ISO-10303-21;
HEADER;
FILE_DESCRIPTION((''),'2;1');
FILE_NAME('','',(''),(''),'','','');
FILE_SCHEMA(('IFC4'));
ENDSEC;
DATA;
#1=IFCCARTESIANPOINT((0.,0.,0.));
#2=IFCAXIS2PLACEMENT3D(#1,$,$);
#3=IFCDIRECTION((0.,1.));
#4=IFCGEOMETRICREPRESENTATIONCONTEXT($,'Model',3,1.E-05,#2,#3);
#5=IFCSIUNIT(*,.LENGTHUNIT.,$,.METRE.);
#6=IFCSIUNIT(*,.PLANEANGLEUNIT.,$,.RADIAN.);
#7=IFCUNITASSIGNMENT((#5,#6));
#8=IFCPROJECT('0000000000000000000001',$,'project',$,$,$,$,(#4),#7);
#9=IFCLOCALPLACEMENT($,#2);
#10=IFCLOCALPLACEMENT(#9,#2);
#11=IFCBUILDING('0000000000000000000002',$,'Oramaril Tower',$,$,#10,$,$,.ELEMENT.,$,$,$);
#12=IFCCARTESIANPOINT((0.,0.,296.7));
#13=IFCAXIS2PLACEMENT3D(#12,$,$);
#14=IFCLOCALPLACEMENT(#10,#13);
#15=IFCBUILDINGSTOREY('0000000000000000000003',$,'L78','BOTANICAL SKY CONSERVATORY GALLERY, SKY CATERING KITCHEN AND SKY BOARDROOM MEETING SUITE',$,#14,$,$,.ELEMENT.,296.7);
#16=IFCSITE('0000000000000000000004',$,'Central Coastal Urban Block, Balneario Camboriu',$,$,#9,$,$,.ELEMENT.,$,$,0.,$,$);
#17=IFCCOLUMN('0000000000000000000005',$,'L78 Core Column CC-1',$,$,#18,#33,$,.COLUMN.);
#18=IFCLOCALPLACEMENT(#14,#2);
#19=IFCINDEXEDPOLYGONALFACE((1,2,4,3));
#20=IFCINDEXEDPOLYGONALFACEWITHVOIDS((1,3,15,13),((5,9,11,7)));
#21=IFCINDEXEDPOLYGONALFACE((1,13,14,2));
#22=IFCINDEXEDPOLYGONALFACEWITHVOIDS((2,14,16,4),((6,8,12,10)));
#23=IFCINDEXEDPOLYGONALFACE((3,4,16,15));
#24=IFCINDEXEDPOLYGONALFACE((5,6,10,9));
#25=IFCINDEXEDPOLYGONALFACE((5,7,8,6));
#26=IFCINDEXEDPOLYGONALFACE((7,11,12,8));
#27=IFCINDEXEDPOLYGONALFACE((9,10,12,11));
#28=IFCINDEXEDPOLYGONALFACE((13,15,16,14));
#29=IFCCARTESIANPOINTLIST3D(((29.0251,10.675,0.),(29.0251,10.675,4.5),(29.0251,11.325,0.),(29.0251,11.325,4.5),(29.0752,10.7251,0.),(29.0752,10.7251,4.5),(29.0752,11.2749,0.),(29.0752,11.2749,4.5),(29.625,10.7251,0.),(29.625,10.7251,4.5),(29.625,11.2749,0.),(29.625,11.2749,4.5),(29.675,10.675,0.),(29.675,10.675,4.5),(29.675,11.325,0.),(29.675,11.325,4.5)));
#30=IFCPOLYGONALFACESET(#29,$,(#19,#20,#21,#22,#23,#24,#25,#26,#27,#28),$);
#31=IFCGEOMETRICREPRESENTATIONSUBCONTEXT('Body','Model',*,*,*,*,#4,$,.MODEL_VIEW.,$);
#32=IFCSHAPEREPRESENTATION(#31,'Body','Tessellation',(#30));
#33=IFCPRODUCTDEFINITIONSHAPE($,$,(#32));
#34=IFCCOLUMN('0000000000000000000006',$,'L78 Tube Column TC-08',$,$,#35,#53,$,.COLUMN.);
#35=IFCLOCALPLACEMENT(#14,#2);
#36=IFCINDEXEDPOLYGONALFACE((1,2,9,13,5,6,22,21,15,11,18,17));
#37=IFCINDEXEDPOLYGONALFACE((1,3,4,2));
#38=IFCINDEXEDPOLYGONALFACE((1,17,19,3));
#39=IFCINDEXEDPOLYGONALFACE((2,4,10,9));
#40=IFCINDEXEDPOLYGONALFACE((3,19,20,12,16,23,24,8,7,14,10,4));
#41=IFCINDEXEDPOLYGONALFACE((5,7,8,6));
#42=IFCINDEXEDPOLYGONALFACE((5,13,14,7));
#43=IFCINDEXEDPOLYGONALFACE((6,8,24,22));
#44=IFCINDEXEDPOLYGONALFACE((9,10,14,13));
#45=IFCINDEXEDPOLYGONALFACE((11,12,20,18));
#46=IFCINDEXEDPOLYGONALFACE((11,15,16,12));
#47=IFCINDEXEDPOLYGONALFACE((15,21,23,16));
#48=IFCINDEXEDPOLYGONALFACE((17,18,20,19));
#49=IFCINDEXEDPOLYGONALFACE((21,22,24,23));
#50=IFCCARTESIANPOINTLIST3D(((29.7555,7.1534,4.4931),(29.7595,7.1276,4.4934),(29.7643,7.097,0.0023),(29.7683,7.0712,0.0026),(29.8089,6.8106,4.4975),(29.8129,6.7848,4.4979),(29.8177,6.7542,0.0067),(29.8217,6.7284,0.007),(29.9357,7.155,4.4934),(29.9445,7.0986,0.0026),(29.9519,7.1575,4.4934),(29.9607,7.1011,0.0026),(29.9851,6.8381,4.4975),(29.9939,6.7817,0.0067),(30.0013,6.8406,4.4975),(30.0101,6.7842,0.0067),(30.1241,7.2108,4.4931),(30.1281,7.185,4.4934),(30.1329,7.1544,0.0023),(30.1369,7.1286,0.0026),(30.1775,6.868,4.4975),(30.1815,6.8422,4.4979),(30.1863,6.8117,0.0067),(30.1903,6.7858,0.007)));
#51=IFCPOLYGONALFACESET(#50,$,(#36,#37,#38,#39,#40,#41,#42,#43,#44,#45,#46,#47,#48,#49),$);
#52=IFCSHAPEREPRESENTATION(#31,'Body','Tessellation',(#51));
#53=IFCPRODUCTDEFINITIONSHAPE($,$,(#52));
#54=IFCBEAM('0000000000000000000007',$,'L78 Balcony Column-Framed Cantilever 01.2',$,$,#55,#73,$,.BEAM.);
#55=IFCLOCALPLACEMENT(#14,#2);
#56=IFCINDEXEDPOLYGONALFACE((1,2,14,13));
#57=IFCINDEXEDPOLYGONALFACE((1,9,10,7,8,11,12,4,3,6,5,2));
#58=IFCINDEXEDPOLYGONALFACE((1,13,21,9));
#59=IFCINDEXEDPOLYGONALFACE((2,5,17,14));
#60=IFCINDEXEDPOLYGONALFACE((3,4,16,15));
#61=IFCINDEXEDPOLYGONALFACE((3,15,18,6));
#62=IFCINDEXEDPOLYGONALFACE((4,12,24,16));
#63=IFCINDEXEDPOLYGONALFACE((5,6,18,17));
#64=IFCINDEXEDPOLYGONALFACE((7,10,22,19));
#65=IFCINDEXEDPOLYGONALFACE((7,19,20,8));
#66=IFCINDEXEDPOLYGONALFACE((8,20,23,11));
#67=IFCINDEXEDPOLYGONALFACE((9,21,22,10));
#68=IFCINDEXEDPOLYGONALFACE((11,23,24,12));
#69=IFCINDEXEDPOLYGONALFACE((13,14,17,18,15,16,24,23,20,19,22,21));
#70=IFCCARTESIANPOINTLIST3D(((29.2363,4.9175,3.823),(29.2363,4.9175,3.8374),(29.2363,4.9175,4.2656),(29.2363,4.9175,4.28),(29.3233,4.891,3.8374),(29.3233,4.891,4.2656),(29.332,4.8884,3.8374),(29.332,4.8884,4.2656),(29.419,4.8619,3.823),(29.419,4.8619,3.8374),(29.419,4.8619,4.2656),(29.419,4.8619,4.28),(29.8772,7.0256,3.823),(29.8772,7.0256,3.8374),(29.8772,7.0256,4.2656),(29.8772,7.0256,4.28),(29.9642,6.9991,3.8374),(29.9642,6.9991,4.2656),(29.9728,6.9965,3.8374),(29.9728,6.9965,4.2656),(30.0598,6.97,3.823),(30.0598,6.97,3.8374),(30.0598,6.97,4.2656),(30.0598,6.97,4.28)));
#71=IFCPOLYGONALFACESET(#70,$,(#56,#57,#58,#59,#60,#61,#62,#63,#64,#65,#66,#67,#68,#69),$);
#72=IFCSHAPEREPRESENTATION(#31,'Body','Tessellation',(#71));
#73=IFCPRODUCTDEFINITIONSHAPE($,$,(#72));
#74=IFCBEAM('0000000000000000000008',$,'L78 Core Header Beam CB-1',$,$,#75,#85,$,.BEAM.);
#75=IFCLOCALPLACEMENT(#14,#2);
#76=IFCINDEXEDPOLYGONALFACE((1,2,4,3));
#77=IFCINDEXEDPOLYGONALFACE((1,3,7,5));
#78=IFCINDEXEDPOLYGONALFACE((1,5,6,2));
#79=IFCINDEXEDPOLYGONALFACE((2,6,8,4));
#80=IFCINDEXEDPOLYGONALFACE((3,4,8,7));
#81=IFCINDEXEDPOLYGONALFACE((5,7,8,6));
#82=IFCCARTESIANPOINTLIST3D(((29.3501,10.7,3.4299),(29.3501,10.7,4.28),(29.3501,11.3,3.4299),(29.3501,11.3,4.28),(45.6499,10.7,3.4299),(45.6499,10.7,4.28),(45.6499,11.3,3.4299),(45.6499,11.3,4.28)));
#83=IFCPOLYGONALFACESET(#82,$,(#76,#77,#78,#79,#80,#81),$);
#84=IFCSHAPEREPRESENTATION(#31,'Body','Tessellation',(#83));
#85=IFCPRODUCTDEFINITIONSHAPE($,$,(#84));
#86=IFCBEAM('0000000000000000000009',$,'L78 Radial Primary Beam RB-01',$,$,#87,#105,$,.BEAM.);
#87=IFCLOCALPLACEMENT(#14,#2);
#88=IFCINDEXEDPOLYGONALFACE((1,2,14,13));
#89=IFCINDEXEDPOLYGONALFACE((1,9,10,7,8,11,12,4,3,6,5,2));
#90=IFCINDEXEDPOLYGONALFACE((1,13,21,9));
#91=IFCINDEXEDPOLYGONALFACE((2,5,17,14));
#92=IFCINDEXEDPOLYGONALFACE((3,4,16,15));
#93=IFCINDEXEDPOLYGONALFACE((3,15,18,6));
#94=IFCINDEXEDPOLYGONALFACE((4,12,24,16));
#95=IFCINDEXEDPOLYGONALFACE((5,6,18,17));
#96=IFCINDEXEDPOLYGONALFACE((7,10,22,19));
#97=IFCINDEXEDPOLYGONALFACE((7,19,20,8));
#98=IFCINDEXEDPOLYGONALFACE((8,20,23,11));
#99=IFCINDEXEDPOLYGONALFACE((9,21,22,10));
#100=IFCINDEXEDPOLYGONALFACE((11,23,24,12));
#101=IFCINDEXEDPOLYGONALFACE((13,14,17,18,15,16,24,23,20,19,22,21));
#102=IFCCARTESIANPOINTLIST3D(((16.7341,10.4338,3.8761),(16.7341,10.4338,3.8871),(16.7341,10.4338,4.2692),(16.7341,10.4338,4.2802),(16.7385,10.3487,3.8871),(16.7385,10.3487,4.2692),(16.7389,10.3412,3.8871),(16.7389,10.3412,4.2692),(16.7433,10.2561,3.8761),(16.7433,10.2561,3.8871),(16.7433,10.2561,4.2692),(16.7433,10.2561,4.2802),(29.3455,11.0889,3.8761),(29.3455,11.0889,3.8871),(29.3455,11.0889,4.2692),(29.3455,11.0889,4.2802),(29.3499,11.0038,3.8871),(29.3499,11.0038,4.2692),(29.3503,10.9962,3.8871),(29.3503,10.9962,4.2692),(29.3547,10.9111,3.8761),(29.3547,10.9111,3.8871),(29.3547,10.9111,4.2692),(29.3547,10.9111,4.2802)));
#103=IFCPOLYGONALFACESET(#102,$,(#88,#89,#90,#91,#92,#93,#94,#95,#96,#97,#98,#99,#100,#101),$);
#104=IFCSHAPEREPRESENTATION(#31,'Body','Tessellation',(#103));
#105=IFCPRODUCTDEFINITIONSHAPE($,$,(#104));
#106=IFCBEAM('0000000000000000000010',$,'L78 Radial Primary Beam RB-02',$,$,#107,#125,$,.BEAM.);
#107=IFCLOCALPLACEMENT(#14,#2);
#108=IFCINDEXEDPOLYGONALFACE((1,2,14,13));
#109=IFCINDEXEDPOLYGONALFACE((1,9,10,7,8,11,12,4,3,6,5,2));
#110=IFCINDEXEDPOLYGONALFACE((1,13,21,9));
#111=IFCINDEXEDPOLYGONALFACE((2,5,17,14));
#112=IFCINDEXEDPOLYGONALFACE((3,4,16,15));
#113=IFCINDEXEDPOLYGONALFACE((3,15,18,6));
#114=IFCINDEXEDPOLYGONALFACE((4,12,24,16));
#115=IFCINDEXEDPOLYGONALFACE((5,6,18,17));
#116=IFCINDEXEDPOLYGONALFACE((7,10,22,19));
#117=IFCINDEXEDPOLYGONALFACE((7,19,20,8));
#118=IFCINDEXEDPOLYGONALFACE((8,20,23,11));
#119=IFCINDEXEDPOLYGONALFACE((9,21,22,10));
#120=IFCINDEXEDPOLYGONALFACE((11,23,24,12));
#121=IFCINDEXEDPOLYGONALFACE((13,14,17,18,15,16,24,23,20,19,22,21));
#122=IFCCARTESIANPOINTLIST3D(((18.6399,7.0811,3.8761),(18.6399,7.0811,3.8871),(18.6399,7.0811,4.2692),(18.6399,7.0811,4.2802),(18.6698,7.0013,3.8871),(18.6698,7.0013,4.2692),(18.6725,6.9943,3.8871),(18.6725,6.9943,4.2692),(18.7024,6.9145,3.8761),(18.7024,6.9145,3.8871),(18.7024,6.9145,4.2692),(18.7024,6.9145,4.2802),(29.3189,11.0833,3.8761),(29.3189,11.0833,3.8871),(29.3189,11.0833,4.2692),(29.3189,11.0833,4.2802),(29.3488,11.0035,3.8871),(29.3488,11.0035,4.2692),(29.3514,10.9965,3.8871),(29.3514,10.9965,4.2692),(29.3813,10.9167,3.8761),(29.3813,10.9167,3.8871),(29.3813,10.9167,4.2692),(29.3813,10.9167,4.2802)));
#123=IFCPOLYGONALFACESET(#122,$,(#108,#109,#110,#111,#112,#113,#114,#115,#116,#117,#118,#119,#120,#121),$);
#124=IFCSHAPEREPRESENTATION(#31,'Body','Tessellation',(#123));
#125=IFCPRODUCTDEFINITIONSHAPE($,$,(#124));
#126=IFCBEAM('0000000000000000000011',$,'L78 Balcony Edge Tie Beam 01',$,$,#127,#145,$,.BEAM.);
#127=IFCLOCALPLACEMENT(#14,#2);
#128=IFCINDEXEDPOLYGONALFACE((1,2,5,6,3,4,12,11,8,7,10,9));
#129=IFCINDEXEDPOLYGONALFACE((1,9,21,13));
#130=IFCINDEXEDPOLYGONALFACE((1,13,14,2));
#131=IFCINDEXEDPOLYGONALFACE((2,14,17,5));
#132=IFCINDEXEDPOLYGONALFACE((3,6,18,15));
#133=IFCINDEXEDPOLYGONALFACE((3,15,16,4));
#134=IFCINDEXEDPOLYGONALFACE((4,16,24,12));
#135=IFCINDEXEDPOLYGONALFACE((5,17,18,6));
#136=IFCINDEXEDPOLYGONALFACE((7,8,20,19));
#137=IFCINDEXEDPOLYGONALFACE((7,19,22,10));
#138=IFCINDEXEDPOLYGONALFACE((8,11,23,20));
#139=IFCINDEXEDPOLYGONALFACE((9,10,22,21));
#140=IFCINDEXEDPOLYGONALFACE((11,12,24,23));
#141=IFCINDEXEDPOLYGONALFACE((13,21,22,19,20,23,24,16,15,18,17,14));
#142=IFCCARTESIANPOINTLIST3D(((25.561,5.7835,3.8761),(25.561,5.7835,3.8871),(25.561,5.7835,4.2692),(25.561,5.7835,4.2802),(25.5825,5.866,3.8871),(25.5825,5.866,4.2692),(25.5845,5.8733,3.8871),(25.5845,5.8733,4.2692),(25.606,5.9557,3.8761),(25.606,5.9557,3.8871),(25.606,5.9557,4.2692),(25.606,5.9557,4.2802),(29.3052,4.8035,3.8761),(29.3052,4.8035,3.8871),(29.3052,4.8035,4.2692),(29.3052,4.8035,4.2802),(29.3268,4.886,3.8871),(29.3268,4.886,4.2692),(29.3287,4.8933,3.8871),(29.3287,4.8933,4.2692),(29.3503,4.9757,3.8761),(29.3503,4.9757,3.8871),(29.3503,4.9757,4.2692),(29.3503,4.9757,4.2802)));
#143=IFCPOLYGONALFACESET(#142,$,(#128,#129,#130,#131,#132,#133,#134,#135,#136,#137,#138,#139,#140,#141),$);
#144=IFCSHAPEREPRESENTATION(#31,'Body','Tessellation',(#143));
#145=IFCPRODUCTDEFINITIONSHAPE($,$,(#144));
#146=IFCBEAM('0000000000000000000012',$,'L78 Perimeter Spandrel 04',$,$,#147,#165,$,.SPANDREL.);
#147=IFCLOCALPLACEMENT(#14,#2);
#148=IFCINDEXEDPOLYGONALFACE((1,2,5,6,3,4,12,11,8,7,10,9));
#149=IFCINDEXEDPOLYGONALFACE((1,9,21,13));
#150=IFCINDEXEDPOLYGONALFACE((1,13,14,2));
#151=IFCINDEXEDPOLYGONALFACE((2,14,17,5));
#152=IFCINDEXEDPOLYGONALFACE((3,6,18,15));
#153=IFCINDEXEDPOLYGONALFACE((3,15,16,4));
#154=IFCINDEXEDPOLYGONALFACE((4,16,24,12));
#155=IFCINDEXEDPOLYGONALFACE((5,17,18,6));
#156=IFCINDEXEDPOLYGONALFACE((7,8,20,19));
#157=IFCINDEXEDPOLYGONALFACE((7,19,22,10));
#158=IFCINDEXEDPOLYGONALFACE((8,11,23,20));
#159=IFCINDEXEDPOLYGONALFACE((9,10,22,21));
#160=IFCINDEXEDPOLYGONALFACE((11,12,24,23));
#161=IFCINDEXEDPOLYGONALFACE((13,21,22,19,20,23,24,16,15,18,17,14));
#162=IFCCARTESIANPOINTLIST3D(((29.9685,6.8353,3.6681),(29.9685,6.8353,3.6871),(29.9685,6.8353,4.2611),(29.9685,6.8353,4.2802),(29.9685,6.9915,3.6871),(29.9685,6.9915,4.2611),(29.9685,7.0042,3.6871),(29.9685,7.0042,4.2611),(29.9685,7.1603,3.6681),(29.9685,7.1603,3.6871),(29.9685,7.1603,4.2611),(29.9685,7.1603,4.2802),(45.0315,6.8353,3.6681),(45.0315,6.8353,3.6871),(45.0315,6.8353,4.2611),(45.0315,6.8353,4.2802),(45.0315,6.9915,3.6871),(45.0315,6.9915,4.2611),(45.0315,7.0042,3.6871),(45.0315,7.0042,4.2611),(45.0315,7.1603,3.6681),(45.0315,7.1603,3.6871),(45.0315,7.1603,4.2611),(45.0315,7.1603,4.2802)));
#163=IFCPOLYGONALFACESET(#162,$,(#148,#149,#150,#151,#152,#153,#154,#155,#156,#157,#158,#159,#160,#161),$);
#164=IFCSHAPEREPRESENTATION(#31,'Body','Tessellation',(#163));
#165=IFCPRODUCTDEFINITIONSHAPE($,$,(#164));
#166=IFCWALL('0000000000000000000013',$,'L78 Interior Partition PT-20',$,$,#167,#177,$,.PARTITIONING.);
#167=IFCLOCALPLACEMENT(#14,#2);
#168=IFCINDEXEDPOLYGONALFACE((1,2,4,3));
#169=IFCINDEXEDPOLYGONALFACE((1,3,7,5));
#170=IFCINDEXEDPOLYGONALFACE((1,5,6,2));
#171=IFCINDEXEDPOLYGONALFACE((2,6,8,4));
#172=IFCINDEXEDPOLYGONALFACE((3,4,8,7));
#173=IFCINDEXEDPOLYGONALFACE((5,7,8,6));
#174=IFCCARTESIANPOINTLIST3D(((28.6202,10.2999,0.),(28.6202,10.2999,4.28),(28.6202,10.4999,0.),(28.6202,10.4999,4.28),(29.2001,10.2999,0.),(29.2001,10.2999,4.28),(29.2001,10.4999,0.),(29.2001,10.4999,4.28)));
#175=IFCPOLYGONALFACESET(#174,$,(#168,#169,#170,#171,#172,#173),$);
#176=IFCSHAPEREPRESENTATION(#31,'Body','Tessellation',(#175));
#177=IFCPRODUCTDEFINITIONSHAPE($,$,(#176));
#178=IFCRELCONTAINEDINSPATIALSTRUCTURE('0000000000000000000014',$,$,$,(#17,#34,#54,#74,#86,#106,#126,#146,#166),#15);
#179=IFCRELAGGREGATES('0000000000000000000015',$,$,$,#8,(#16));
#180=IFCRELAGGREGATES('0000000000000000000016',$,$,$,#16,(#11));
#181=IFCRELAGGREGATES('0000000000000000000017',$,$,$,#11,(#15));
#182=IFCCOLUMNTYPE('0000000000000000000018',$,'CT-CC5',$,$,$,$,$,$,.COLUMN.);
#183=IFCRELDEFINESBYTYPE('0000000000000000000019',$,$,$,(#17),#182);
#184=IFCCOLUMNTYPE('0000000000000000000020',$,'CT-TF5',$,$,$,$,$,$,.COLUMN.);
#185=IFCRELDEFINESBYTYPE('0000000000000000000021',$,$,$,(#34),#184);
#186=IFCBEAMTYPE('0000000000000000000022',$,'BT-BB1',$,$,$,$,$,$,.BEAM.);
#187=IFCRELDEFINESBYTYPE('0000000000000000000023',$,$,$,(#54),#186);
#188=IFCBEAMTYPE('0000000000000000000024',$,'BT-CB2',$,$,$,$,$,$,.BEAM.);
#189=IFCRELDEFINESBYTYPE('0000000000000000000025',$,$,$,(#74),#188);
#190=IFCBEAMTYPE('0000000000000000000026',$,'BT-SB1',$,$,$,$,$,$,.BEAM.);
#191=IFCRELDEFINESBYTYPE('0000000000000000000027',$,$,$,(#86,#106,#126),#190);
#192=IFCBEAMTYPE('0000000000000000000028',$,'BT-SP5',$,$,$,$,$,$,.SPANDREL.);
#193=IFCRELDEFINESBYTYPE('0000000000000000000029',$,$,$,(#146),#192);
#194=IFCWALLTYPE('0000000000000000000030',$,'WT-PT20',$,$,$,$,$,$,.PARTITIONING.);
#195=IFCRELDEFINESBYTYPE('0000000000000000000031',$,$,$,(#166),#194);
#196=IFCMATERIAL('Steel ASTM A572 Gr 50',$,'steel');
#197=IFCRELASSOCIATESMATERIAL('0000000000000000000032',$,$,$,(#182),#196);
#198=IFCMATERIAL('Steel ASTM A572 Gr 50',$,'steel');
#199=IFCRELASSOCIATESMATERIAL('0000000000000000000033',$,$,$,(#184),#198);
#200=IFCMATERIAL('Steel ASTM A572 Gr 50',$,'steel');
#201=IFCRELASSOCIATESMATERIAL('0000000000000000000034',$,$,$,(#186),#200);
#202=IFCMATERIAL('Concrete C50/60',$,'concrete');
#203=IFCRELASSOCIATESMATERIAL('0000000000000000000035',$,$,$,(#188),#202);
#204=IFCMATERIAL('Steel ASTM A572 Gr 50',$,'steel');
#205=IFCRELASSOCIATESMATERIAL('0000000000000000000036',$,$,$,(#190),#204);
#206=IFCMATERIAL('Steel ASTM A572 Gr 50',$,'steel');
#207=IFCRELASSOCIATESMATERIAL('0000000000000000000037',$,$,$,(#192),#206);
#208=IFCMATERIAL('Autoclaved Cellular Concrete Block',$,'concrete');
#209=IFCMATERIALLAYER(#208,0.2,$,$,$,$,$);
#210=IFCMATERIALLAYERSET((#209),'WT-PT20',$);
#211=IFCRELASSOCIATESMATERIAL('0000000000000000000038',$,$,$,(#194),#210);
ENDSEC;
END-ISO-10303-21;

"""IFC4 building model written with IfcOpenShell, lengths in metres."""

from ifc_helpers import new_model, si_unit, direction, frame, frame_2d, origin, origin_2d, place, context, subcontext, project, spatial, rectangle, hollow_rectangle, i_section, extrude, material, layer, layer_set, material_profile, profile_set, type_object, element, save


model = new_model("IFC4")

# Units and contexts
model_context = context("Model", 3, precision=1e-05, world=origin(), true_north=direction((0.0, 1.0)))
body_context = subcontext(model_context, "Body", "Model", "MODEL_VIEW")
ifc_project = project(units=[si_unit("LENGTHUNIT", "METRE"), si_unit("PLANEANGLEUNIT", "RADIAN")], contexts=[model_context])

# Site, building, storey
site_placement = place(None, origin())
site = spatial("IfcSite", under=ifc_project, at=site_placement, Name="Central Coastal Urban Block, Balneario Camboriu", CompositionType="ELEMENT", RefElevation=0.0)
building_placement = place(site_placement, origin())
building = spatial("IfcBuilding", under=site, at=building_placement, Name="Oramaril Tower", CompositionType="ELEMENT")
storey_placement = place(building_placement, frame((0.0, 0.0, 296.7)))
storey = spatial("IfcBuildingStorey", under=building, at=storey_placement, Name="L78", Description="BOTANICAL SKY CONSERVATORY GALLERY, SKY CATERING KITCHEN AND SKY BOARDROOM MEETING SUITE", CompositionType="ELEMENT", Elevation=296.7)

# Columns
ifc_material_1 = material(Name="Steel ASTM A572 Gr 50", Category="steel")
ifc_material_profile_1 = material_profile(ifc_material_1, hollow_rectangle(XDim=0.6499, YDim=0.6499, WallThickness=0.05, at=origin_2d()), Name="BOX650X650X50")
ifc_profile_set_1 = profile_set([ifc_material_profile_1], Name="Steel ASTM A572 Gr 50")
column_type_1 = type_object("IfcColumnType", Name="CT-CC5", PredefinedType="COLUMN", material=ifc_profile_set_1)
column_1_placement = place(storey_placement, frame((29.3501, 11.0, 0.0), z_axis=(0.0, 0.0, 1.0), x_axis=(1.0, 0.0, 0.0)))
element("IfcColumn", 1, at=column_1_placement, inside=storey, type_object=column_type_1, Name="L78 Core Column CC-1", PredefinedType="COLUMN", context=body_context, shape_type="SweptSolid", body=[
    extrude(hollow_rectangle(XDim=0.6499, YDim=0.6499, WallThickness=0.05, at=origin_2d()), origin(), (0.0, 0.0, 1.0), 4.5),
])
ifc_material_2 = material(Name="Steel ASTM A572 Gr 50", Category="steel")
ifc_material_profile_2 = material_profile(ifc_material_2, i_section(OverallWidth=0.373, OverallDepth=0.373, WebThickness=0.0164, FlangeThickness=0.0261, at=origin_2d()), Name="W14X132")
ifc_profile_set_2 = profile_set([ifc_material_profile_2], Name="Steel ASTM A572 Gr 50")
column_type_2 = type_object("IfcColumnType", Name="CT-TF5", PredefinedType="COLUMN", material=ifc_profile_set_2)
column_2_placement = place(storey_placement, frame((29.9773, 6.9414, 0.0046), z_axis=(-0.001957, 0.012557, 0.999919), x_axis=(-0.988073, -0.153985, 0.0)))
element("IfcColumn", 2, at=column_2_placement, inside=storey, type_object=column_type_2, Name="L78 Tube Column TC-08", PredefinedType="COLUMN", context=body_context, shape_type="SweptSolid", body=[
    extrude(i_section(OverallWidth=0.373, OverallDepth=0.373, WebThickness=0.0164, FlangeThickness=0.0261, at=origin_2d()), origin(), (0.0, 0.0, 1.0), 4.4912),
])

# Beams
ifc_material_3 = material(Name="Steel ASTM A572 Gr 50", Category="steel")
ifc_material_profile_3 = material_profile(ifc_material_3, i_section(OverallWidth=0.1909, OverallDepth=0.457, WebThickness=0.009, FlangeThickness=0.0144, at=origin_2d()), Name="W18X50")
ifc_profile_set_3 = profile_set([ifc_material_profile_3], Name="Steel ASTM A572 Gr 50")
beam_type_1 = type_object("IfcBeamType", Name="BT-BB1", PredefinedType="BEAM", material=ifc_profile_set_3)
beam_1_placement = place(storey_placement, frame((29.9685, 6.9978, 4.0515), z_axis=(-0.290853, -0.956768, 0.0), x_axis=(0.956768, -0.290853, 0.0)))
element("IfcBeam", 3, at=beam_1_placement, inside=storey, type_object=beam_type_1, Name="L78 Balcony Column-Framed Cantilever 01.2", PredefinedType="BEAM", context=body_context, shape_type="SweptSolid", body=[
    extrude(i_section(OverallWidth=0.1909, OverallDepth=0.457, WebThickness=0.009, FlangeThickness=0.0144, at=origin_2d()), origin(), (0.0, 0.0, 1.0), 2.2034),
])
ifc_material_4 = material(Name="Concrete C50/60", Category="concrete")
ifc_material_profile_4 = material_profile(ifc_material_4, rectangle(XDim=0.6001, YDim=0.8501, at=origin_2d()), Name="CB600X850")
ifc_profile_set_4 = profile_set([ifc_material_profile_4], Name="Concrete C50/60")
beam_type_2 = type_object("IfcBeamType", Name="BT-CB2", PredefinedType="BEAM", material=ifc_profile_set_4)
beam_2_placement = place(storey_placement, frame((29.3501, 11.0, 3.855), z_axis=(1.0, 0.0, 0.0), x_axis=(0.0, 1.0, 0.0)))
element("IfcBeam", 4, at=beam_2_placement, inside=storey, type_object=beam_type_2, Name="L78 Core Header Beam CB-1", PredefinedType="BEAM", context=body_context, shape_type="SweptSolid", body=[
    extrude(rectangle(XDim=0.6001, YDim=0.8501, at=origin_2d()), origin(), (0.0, 0.0, 1.0), 16.2998),
])
ifc_material_5 = material(Name="Steel ASTM A572 Gr 50", Category="steel")
ifc_material_profile_5 = material_profile(ifc_material_5, i_section(OverallWidth=0.178, OverallDepth=0.4041, WebThickness=0.0076, FlangeThickness=0.011, at=origin_2d()), Name="W16X36")
ifc_profile_set_5 = profile_set([ifc_material_profile_5], Name="Steel ASTM A572 Gr 50")
beam_type_3 = type_object("IfcBeamType", Name="BT-SB1", PredefinedType="BEAM", material=ifc_profile_set_5)
beam_3_placement = place(storey_placement, frame((29.3501, 11.0, 4.0781), z_axis=(-0.998654, -0.05187, 0.0), x_axis=(0.05187, -0.998654, 0.0)))
element("IfcBeam", 5, at=beam_3_placement, inside=storey, type_object=beam_type_3, Name="L78 Radial Primary Beam RB-01", PredefinedType="BEAM", context=body_context, shape_type="SweptSolid", body=[
    extrude(i_section(OverallWidth=0.178, OverallDepth=0.4041, WebThickness=0.0076, FlangeThickness=0.011, at=origin_2d()), origin(), (0.0, 0.0, 1.0), 12.6284),
])
beam_4_placement = place(storey_placement, frame((29.3501, 11.0, 4.0781), z_axis=(-0.936399, -0.350938, 0.0), x_axis=(0.350938, -0.936399, 0.0)))
element("IfcBeam", 6, at=beam_4_placement, inside=storey, type_object=beam_type_3, Name="L78 Radial Primary Beam RB-02", PredefinedType="BEAM", context=body_context, shape_type="SweptSolid", body=[
    extrude(i_section(OverallWidth=0.178, OverallDepth=0.4041, WebThickness=0.0076, FlangeThickness=0.011, at=origin_2d()), origin(), (0.0, 0.0, 1.0), 11.4043),
])
beam_5_placement = place(storey_placement, frame((25.5835, 5.8696, 4.0781), z_axis=(0.967412, -0.253208, 0.0), x_axis=(0.253208, 0.967412, 0.0)))
element("IfcBeam", 7, at=beam_5_placement, inside=storey, type_object=beam_type_3, Name="L78 Balcony Edge Tie Beam 01", PredefinedType="BEAM", context=body_context, shape_type="SweptSolid", body=[
    extrude(i_section(OverallWidth=0.178, OverallDepth=0.4041, WebThickness=0.0076, FlangeThickness=0.011, at=origin_2d()), origin(), (0.0, 0.0, 1.0), 3.8704),
])
ifc_material_6 = material(Name="Steel ASTM A572 Gr 50", Category="steel")
ifc_material_profile_6 = material_profile(ifc_material_6, i_section(OverallWidth=0.325, OverallDepth=0.6121, WebThickness=0.0127, FlangeThickness=0.019, at=origin_2d()), Name="W24X104")
ifc_profile_set_6 = profile_set([ifc_material_profile_6], Name="Steel ASTM A572 Gr 50")
beam_type_4 = type_object("IfcBeamType", Name="BT-SP5", PredefinedType="SPANDREL", material=ifc_profile_set_6)
beam_6_placement = place(storey_placement, frame((29.9685, 6.9978, 3.9741), z_axis=(1.0, 0.0, 0.0), x_axis=(0.0, 1.0, 0.0)))
element("IfcBeam", 8, at=beam_6_placement, inside=storey, type_object=beam_type_4, Name="L78 Perimeter Spandrel 04", PredefinedType="SPANDREL", context=body_context, shape_type="SweptSolid", body=[
    extrude(i_section(OverallWidth=0.325, OverallDepth=0.6121, WebThickness=0.0127, FlangeThickness=0.019, at=origin_2d()), origin(), (0.0, 0.0, 1.0), 15.063),
])

# Wall
ifc_material_7 = material(Name="Autoclaved Cellular Concrete Block", Category="concrete")
ifc_layer_1 = layer(ifc_material_7, 0.2)
ifc_layer_set_1 = layer_set([ifc_layer_1], Name="WT-PT20")
wall_type_1 = type_object("IfcWallType", Name="WT-PT20", PredefinedType="PARTITIONING", material=ifc_layer_set_1)
wall_1_placement = place(storey_placement, frame((28.6201, 10.3999, 0.0), z_axis=(0.0, 0.0, 1.0), x_axis=(1.0, 0.0, 0.0)))
element("IfcWall", 9, at=wall_1_placement, inside=storey, type_object=wall_type_1, Name="L78 Interior Partition PT-20", PredefinedType="PARTITIONING", context=body_context, shape_type="SweptSolid", body=[
    extrude(rectangle(XDim=0.5798, YDim=0.2, at=frame_2d((0.29, 0.0))), origin(), (0.0, 0.0, 1.0), 4.28),
])

save(model, "model.ifc")
